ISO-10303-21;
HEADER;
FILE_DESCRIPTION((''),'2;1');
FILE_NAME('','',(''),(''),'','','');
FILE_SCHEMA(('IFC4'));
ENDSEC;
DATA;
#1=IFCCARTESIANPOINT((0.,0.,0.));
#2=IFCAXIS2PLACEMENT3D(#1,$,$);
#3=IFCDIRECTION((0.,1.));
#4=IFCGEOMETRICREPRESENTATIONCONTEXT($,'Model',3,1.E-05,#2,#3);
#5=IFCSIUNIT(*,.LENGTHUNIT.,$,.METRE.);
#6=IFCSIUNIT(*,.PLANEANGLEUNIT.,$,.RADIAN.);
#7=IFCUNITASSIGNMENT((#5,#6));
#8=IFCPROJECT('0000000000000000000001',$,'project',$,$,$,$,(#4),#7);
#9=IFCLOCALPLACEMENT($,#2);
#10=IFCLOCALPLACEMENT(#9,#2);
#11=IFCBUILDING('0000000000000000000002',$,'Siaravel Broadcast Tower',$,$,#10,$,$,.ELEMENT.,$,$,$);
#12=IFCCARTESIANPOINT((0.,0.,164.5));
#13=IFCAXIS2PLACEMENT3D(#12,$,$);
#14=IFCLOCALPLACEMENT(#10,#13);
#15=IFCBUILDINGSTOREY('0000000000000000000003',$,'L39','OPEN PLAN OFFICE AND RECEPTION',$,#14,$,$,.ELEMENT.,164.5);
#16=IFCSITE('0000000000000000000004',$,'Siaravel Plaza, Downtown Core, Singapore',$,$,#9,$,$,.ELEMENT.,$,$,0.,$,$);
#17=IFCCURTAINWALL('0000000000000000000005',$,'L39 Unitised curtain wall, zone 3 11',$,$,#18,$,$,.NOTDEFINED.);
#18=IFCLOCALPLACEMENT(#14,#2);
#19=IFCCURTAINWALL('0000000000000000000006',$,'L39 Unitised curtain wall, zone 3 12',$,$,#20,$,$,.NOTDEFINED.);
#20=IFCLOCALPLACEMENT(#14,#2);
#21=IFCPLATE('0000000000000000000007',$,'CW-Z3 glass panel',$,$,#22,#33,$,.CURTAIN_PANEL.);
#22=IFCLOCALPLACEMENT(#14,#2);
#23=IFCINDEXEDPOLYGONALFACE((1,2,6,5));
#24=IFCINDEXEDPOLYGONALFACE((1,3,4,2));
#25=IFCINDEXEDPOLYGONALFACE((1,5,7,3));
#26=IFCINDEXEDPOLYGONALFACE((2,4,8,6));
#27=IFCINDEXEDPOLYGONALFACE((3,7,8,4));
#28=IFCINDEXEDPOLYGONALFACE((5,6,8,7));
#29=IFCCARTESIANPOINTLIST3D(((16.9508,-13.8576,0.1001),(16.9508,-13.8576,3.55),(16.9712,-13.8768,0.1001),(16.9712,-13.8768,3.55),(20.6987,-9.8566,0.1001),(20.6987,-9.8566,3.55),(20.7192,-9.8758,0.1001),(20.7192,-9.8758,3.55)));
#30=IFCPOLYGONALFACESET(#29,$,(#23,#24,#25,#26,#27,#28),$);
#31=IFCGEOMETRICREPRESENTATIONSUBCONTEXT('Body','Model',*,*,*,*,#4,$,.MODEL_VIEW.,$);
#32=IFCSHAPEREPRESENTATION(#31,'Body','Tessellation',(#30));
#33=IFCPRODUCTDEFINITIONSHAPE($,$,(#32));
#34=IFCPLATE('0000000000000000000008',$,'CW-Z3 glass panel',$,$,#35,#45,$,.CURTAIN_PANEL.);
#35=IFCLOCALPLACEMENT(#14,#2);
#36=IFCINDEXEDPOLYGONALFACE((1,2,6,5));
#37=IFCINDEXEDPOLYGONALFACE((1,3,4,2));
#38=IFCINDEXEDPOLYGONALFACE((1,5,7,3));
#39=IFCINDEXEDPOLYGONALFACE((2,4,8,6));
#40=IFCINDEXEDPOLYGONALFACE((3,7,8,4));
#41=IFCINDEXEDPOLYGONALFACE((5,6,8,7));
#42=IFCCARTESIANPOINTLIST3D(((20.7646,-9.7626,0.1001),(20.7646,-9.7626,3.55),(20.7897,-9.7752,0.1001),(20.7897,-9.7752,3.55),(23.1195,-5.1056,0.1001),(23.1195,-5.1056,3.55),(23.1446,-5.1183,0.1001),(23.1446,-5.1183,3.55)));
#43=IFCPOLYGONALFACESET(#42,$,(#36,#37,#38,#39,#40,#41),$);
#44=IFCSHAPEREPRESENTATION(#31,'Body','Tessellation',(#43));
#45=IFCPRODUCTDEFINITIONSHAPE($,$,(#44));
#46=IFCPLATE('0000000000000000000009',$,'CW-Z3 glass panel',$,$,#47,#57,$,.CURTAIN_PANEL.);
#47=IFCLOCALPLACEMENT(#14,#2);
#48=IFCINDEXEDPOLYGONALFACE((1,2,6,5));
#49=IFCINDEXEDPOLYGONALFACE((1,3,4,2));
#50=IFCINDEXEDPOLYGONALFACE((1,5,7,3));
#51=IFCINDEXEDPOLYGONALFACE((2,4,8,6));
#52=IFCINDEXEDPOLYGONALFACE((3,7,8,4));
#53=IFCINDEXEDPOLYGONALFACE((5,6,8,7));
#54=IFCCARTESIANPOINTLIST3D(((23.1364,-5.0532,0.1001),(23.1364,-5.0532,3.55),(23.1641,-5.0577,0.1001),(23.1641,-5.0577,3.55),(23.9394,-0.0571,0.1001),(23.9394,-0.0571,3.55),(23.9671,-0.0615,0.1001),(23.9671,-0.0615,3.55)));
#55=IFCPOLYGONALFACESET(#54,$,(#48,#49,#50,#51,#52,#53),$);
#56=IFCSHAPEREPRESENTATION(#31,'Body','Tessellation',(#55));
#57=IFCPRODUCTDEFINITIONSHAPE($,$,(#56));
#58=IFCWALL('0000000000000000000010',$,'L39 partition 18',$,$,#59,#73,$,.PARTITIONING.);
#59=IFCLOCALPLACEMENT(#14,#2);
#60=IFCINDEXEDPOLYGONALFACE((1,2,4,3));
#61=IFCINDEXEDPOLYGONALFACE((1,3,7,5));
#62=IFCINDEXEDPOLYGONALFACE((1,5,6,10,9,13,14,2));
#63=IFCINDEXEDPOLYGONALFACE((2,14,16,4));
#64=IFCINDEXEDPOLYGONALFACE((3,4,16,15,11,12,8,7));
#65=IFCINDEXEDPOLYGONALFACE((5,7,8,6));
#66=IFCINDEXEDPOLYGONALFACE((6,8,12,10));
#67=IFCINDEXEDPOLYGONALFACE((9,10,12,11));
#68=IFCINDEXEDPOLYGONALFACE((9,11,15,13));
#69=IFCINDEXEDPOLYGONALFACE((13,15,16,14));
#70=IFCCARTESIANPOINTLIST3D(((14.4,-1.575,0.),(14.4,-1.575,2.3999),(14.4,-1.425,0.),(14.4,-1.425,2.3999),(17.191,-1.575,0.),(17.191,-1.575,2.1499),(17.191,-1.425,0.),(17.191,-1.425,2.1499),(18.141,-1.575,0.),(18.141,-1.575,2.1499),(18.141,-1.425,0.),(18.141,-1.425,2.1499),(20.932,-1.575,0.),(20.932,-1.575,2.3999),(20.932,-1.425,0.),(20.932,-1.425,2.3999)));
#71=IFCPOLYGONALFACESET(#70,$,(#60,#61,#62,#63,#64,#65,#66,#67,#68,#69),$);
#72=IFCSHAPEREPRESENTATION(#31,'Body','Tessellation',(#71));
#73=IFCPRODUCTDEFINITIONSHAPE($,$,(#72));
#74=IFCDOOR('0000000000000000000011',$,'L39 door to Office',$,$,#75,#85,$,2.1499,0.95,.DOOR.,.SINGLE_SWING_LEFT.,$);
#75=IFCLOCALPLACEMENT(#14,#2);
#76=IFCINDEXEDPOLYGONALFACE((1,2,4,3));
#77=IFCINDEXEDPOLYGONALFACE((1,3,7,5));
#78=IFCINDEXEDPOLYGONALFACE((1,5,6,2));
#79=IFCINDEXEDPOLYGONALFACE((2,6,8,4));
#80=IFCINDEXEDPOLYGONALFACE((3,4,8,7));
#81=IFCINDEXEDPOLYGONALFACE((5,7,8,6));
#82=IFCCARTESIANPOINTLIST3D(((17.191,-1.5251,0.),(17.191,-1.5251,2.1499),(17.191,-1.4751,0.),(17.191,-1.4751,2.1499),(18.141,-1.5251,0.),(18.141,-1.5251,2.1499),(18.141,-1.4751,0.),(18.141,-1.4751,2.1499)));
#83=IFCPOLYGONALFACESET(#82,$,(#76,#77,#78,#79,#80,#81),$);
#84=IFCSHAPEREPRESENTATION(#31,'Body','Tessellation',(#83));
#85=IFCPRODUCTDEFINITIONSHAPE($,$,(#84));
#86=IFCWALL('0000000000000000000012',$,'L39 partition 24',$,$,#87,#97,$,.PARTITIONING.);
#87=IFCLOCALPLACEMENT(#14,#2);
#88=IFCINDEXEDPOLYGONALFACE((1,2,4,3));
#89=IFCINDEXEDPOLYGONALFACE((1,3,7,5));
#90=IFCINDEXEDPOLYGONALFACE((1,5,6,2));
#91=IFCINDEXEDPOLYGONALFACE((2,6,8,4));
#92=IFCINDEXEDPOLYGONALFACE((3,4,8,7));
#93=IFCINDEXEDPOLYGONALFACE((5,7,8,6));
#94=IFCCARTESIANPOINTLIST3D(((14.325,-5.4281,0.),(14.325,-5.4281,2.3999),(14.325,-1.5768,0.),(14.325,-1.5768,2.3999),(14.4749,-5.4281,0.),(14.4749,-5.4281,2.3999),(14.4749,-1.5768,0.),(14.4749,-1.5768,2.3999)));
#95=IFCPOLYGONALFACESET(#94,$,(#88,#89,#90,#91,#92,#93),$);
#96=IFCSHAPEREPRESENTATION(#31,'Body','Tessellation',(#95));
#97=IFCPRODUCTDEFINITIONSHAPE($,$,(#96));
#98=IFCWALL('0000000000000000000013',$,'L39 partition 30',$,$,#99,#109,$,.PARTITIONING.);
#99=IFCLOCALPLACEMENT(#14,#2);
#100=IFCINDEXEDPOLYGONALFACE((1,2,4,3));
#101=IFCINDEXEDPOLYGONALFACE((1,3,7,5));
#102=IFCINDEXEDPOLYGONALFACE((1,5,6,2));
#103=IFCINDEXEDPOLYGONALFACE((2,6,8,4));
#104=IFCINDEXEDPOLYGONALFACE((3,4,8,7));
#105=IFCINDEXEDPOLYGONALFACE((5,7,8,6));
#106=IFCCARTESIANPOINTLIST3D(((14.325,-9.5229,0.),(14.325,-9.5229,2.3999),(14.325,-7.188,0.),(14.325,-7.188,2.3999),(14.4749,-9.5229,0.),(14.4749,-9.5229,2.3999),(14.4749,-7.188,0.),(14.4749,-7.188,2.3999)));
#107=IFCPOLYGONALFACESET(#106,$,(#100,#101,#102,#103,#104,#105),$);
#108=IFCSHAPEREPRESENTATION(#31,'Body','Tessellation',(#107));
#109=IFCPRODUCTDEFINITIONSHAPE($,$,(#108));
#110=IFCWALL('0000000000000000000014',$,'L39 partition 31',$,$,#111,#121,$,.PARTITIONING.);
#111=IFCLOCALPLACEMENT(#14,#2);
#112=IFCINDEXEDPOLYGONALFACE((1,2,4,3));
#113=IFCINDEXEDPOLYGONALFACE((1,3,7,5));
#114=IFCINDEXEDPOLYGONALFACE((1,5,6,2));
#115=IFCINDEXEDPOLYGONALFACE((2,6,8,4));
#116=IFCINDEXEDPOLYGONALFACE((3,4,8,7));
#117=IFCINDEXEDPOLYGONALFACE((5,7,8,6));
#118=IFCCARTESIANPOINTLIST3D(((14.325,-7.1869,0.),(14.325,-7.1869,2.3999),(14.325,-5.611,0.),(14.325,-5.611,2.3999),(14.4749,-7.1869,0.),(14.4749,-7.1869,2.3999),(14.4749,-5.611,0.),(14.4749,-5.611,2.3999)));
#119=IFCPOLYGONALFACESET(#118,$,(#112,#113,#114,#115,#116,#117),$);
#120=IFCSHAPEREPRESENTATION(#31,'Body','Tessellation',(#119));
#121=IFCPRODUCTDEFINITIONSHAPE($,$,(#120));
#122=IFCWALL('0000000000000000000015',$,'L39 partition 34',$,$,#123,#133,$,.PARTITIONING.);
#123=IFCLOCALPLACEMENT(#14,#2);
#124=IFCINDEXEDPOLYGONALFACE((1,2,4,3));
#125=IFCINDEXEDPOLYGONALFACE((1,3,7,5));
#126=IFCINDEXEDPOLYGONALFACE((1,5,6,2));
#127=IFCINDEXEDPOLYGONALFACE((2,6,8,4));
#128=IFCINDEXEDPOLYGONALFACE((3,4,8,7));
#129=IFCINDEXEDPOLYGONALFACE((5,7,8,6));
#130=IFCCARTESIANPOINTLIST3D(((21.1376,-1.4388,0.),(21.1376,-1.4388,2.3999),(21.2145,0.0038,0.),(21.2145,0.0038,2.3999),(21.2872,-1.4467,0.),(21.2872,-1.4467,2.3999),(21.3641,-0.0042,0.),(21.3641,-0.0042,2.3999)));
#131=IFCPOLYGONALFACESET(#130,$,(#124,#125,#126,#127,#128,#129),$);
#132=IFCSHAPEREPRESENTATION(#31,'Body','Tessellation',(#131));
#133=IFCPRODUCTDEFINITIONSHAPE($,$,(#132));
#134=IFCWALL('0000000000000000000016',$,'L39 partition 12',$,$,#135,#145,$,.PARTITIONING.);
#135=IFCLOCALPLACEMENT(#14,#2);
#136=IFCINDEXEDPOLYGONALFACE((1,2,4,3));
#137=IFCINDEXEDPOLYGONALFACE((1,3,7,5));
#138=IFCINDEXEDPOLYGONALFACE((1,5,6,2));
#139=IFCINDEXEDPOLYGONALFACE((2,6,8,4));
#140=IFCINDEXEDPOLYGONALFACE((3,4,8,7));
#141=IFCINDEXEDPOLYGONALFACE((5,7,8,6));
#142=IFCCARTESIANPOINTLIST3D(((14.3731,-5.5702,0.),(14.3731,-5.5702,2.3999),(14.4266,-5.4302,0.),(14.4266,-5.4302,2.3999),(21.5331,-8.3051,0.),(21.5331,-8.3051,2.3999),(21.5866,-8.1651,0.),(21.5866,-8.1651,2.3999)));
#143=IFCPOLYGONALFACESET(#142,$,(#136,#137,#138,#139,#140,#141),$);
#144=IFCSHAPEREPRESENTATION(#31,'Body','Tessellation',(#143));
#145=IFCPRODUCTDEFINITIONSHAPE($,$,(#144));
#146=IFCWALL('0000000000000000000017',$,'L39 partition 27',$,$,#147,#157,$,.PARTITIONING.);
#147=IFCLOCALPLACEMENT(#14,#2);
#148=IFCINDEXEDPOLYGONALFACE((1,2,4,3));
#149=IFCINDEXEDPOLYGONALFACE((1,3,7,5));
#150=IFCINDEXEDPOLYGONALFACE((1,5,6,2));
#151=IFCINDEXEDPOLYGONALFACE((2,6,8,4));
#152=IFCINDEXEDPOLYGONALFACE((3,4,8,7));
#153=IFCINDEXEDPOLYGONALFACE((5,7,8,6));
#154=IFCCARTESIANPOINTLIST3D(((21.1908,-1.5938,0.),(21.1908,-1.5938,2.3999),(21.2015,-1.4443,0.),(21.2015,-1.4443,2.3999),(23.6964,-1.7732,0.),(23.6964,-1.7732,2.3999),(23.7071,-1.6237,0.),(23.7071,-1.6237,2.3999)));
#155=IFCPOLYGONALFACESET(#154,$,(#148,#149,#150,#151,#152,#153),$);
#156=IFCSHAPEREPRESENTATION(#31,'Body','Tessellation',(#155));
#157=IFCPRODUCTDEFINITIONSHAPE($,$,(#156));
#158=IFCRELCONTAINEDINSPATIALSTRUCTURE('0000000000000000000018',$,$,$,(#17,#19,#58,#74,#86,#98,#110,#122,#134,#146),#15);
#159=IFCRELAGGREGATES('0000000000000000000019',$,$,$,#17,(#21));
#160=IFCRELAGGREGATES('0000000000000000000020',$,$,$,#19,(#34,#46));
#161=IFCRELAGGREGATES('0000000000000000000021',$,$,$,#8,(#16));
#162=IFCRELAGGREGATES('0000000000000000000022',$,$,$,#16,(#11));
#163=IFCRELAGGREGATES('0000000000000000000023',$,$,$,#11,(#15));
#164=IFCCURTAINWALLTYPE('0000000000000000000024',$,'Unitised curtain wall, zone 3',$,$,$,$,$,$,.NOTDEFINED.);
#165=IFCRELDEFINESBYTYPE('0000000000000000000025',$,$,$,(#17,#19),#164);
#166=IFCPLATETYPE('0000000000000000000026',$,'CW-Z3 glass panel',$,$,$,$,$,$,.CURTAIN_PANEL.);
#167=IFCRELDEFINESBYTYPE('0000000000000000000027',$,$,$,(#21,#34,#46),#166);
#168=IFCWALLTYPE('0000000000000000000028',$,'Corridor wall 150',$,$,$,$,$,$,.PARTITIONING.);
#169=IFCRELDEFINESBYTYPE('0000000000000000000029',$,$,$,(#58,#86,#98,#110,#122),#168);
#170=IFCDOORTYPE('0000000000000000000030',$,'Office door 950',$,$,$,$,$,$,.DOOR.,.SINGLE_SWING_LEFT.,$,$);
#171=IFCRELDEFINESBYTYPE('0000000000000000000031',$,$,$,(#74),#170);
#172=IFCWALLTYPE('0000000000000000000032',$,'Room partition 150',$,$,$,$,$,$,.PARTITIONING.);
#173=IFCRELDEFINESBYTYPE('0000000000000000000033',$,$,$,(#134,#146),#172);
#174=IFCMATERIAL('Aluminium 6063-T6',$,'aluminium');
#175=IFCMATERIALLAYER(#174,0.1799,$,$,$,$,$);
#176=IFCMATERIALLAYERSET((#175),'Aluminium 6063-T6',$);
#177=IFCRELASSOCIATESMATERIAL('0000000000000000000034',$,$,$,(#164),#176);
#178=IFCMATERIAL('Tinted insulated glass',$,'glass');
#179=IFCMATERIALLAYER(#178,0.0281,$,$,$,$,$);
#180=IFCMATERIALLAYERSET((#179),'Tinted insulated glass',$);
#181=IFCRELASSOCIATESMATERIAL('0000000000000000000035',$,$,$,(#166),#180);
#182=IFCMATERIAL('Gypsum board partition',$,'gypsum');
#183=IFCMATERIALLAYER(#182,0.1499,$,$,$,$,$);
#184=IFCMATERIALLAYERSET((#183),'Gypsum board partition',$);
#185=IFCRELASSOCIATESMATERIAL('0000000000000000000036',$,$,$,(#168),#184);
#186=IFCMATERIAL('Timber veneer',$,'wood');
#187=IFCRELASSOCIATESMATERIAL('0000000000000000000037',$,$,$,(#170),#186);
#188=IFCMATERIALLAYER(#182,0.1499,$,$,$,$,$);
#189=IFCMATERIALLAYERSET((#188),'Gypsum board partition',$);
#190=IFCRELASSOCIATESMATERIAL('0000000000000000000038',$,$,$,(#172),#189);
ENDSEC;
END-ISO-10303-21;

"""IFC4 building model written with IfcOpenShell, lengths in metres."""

from ifc_helpers import new_model, si_unit, direction, frame, frame_2d, origin, origin_2d, place, context, subcontext, project, spatial, rectangle, extrude, material, layer, layer_set, type_object, element, fill, aggregate, save


model = new_model("IFC4")

# Units and contexts
model_context = context("Model", 3, precision=1e-05, world=origin(), true_north=direction((0.0, 1.0)))
body_context = subcontext(model_context, "Body", "Model", "MODEL_VIEW")
ifc_project = project(units=[si_unit("LENGTHUNIT", "METRE"), si_unit("PLANEANGLEUNIT", "RADIAN")], contexts=[model_context])

# Site, building, storey
site_placement = place(None, origin())
site = spatial("IfcSite", under=ifc_project, at=site_placement, Name="Siaravel Plaza, Downtown Core, Singapore", CompositionType="ELEMENT", RefElevation=0.0)
building_placement = place(site_placement, origin())
building = spatial("IfcBuilding", under=site, at=building_placement, Name="Siaravel Broadcast Tower", CompositionType="ELEMENT")
storey_placement = place(building_placement, frame((0.0, 0.0, 164.5)))
storey = spatial("IfcBuildingStorey", under=building, at=storey_placement, Name="L39", Description="OPEN PLAN OFFICE AND RECEPTION", CompositionType="ELEMENT", Elevation=164.5)

# Curtain walls
ifc_material_1 = material(Name="Aluminium 6063-T6", Category="aluminium")
ifc_layer_1 = layer(ifc_material_1, 0.1799)
ifc_layer_set_1 = layer_set([ifc_layer_1], Name="Aluminium 6063-T6")
curtain_wall_type = type_object("IfcCurtainWallType", Name="Unitised curtain wall, zone 3", PredefinedType="NOTDEFINED", material=ifc_layer_set_1)
curtain_wall_1_placement = place(storey_placement, origin())
curtain_wall_1 = element("IfcCurtainWall", 1, at=curtain_wall_1_placement, inside=storey, type_object=curtain_wall_type, Name="L39 Unitised curtain wall, zone 3 11", PredefinedType="NOTDEFINED")
curtain_wall_2_placement = place(storey_placement, origin())
curtain_wall_2 = element("IfcCurtainWall", 2, at=curtain_wall_2_placement, inside=storey, type_object=curtain_wall_type, Name="L39 Unitised curtain wall, zone 3 12", PredefinedType="NOTDEFINED")

# Plates
ifc_material_2 = material(Name="Tinted insulated glass", Category="glass")
ifc_layer_2 = layer(ifc_material_2, 0.0281)
ifc_layer_set_2 = layer_set([ifc_layer_2], Name="Tinted insulated glass")
plate_type = type_object("IfcPlateType", Name="CW-Z3 glass panel", PredefinedType="CURTAIN_PANEL", material=ifc_layer_set_2)
plate_1_placement = place(storey_placement, frame((18.835, -11.8667, 0.1001), z_axis=(0.0, 0.0, 1.0), x_axis=(0.683654, 0.729806, 0.0)))
plate_1 = element("IfcPlate", 3, at=plate_1_placement, type_object=plate_type, Name="CW-Z3 glass panel", PredefinedType="CURTAIN_PANEL", context=body_context, shape_type="SweptSolid", body=[
    extrude(rectangle(XDim=5.4822, YDim=0.0281, at=origin_2d()), origin(), (0.0, 0.0, 1.0), 3.45),
])
aggregate(curtain_wall_1, [plate_1])
plate_2_placement = place(storey_placement, frame((21.9546, -7.4404, 0.1001), z_axis=(0.0, 0.0, 1.0), x_axis=(0.45126, 0.892393, 0.0)))
plate_2 = element("IfcPlate", 4, at=plate_2_placement, type_object=plate_type, Name="CW-Z3 glass panel", PredefinedType="CURTAIN_PANEL", context=body_context, shape_type="SweptSolid", body=[
    extrude(rectangle(XDim=5.2185, YDim=0.0281, at=origin_2d()), origin(), (0.0, 0.0, 1.0), 3.45),
])
plate_3_placement = place(storey_placement, frame((23.5518, -2.5574, 0.1001), z_axis=(0.0, 0.0, 1.0), x_axis=(0.158685, 0.987329, 0.0)))
plate_3 = element("IfcPlate", 5, at=plate_3_placement, type_object=plate_type, Name="CW-Z3 glass panel", PredefinedType="CURTAIN_PANEL", context=body_context, shape_type="SweptSolid", body=[
    extrude(rectangle(XDim=5.0603, YDim=0.0281, at=origin_2d()), origin(), (0.0, 0.0, 1.0), 3.45),
])
aggregate(curtain_wall_2, [plate_2, plate_3])

# Wall, opening, door
ifc_material_3 = material(Name="Gypsum board partition", Category="gypsum")
ifc_layer_3 = layer(ifc_material_3, 0.1499)
ifc_layer_set_3 = layer_set([ifc_layer_3], Name="Gypsum board partition")
wall_type_1 = type_object("IfcWallType", Name="Corridor wall 150", PredefinedType="PARTITIONING", material=ifc_layer_set_3)
wall_1_placement = place(storey_placement, frame((14.3999, -1.5, 0.0), z_axis=(0.0, 0.0, 1.0), x_axis=(1.0, 0.0, 0.0)))
wall_1 = element("IfcWall", 6, at=wall_1_placement, inside=storey, type_object=wall_type_1, Name="L39 partition 18", PredefinedType="PARTITIONING", context=body_context, shape_type="SweptSolid", body=[
    extrude(rectangle(XDim=6.532, YDim=0.1499, at=frame_2d((3.2661, 0.0))), origin(), (0.0, 0.0, 1.0), 2.3999),
])
opening_placement = place(wall_1_placement, frame((2.791, 0.0, 0.0)))
opening = element("IfcOpeningElement", 7, at=opening_placement, cuts=wall_1, PredefinedType="OPENING", context=body_context, shape_type="SweptSolid", body=[
    extrude(rectangle(XDim=0.95, YDim=2.1499, at=frame_2d((0.4751, 1.075))), frame((0.0, 0.085, 0.0), z_axis=(0.0, -1.0, 0.0), x_axis=(1.0, 0.0, 0.0)), (0.0, 0.0, 1.0), 0.1699),
])
ifc_material_4 = material(Name="Timber veneer", Category="wood")
door_type = type_object("IfcDoorType", Name="Office door 950", OperationType="SINGLE_SWING_LEFT", PredefinedType="DOOR", material=ifc_material_4)
door_placement = place(opening_placement, origin())
door = element("IfcDoor", 8, at=door_placement, inside=storey, type_object=door_type, Name="L39 door to Office", OperationType="SINGLE_SWING_LEFT", OverallHeight=2.1499, OverallWidth=0.95, PredefinedType="DOOR", context=body_context, shape_type="SweptSolid", body=[
    extrude(rectangle(XDim=0.95, YDim=2.1499, at=frame_2d((0.4751, 1.075))), frame((0.0, 0.0249, 0.0), z_axis=(0.0, -1.0, 0.0), x_axis=(1.0, 0.0, 0.0)), (0.0, 0.0, 1.0), 0.05),
])
fill(opening, door)

# Walls
wall_2_placement = place(storey_placement, frame((14.3999, -5.4282, 0.0), z_axis=(0.0, 0.0, 1.0), x_axis=(0.0, 1.0, 0.0)))
element("IfcWall", 9, at=wall_2_placement, inside=storey, type_object=wall_type_1, Name="L39 partition 24", PredefinedType="PARTITIONING", context=body_context, shape_type="SweptSolid", body=[
    extrude(rectangle(XDim=3.8513, YDim=0.1499, at=frame_2d((1.9258, 0.0))), origin(), (0.0, 0.0, 1.0), 2.3999),
])
wall_3_placement = place(storey_placement, frame((14.3999, -9.5229, 0.0), z_axis=(0.0, 0.0, 1.0), x_axis=(0.0, 1.0, 0.0)))
element("IfcWall", 10, at=wall_3_placement, inside=storey, type_object=wall_type_1, Name="L39 partition 30", PredefinedType="PARTITIONING", context=body_context, shape_type="SweptSolid", body=[
    extrude(rectangle(XDim=2.335, YDim=0.1499, at=frame_2d((1.1675, 0.0))), origin(), (0.0, 0.0, 1.0), 2.3999),
])
wall_4_placement = place(storey_placement, frame((14.3999, -7.187, 0.0), z_axis=(0.0, 0.0, 1.0), x_axis=(0.0, 1.0, 0.0)))
element("IfcWall", 11, at=wall_4_placement, inside=storey, type_object=wall_type_1, Name="L39 partition 31", PredefinedType="PARTITIONING", context=body_context, shape_type="SweptSolid", body=[
    extrude(rectangle(XDim=1.5759, YDim=0.1499, at=frame_2d((0.7881, 0.0))), origin(), (0.0, 0.0, 1.0), 2.3999),
])
wall_5_placement = place(storey_placement, frame((21.2124, -1.4426, 0.0), z_axis=(0.0, 0.0, 1.0), x_axis=(0.053233, 0.998582, 0.0)))
element("IfcWall", 12, at=wall_5_placement, inside=storey, type_object=wall_type_1, Name="L39 partition 34", PredefinedType="PARTITIONING", context=body_context, shape_type="SweptSolid", body=[
    extrude(rectangle(XDim=1.4446, YDim=0.1499, at=frame_2d((0.7222, 0.0))), origin(), (0.0, 0.0, 1.0), 2.3999),
])
ifc_layer_4 = layer(ifc_material_3, 0.1499)
ifc_layer_set_4 = layer_set([ifc_layer_4], Name="Gypsum board partition")
wall_type_2 = type_object("IfcWallType", Name="Room partition 150", PredefinedType="PARTITIONING", material=ifc_layer_set_4)
wall_6_placement = place(storey_placement, frame((21.5598, -8.2351, 0.0), z_axis=(0.0, 0.0, 1.0), x_axis=(-0.934171, 0.356824, 0.0)))
element("IfcWall", 13, at=wall_6_placement, inside=storey, type_object=wall_type_2, Name="L39 partition 12", PredefinedType="PARTITIONING", context=body_context, shape_type="SweptSolid", body=[
    extrude(rectangle(XDim=7.6646, YDim=0.1499, at=frame_2d((3.8323, 0.0))), origin(), (0.0, 0.0, 1.0), 2.3999),
])
wall_7_placement = place(storey_placement, frame((21.1963, -1.519, 0.0), z_axis=(0.0, 0.0, 1.0), x_axis=(0.997445, -0.071434, 0.0)))
element("IfcWall", 14, at=wall_7_placement, inside=storey, type_object=wall_type_2, Name="L39 partition 27", PredefinedType="PARTITIONING", context=body_context, shape_type="SweptSolid", body=[
    extrude(rectangle(XDim=2.512, YDim=0.1499, at=frame_2d((1.2559, 0.0))), origin(), (0.0, 0.0, 1.0), 2.3999),
])

save(model, "model.ifc")
